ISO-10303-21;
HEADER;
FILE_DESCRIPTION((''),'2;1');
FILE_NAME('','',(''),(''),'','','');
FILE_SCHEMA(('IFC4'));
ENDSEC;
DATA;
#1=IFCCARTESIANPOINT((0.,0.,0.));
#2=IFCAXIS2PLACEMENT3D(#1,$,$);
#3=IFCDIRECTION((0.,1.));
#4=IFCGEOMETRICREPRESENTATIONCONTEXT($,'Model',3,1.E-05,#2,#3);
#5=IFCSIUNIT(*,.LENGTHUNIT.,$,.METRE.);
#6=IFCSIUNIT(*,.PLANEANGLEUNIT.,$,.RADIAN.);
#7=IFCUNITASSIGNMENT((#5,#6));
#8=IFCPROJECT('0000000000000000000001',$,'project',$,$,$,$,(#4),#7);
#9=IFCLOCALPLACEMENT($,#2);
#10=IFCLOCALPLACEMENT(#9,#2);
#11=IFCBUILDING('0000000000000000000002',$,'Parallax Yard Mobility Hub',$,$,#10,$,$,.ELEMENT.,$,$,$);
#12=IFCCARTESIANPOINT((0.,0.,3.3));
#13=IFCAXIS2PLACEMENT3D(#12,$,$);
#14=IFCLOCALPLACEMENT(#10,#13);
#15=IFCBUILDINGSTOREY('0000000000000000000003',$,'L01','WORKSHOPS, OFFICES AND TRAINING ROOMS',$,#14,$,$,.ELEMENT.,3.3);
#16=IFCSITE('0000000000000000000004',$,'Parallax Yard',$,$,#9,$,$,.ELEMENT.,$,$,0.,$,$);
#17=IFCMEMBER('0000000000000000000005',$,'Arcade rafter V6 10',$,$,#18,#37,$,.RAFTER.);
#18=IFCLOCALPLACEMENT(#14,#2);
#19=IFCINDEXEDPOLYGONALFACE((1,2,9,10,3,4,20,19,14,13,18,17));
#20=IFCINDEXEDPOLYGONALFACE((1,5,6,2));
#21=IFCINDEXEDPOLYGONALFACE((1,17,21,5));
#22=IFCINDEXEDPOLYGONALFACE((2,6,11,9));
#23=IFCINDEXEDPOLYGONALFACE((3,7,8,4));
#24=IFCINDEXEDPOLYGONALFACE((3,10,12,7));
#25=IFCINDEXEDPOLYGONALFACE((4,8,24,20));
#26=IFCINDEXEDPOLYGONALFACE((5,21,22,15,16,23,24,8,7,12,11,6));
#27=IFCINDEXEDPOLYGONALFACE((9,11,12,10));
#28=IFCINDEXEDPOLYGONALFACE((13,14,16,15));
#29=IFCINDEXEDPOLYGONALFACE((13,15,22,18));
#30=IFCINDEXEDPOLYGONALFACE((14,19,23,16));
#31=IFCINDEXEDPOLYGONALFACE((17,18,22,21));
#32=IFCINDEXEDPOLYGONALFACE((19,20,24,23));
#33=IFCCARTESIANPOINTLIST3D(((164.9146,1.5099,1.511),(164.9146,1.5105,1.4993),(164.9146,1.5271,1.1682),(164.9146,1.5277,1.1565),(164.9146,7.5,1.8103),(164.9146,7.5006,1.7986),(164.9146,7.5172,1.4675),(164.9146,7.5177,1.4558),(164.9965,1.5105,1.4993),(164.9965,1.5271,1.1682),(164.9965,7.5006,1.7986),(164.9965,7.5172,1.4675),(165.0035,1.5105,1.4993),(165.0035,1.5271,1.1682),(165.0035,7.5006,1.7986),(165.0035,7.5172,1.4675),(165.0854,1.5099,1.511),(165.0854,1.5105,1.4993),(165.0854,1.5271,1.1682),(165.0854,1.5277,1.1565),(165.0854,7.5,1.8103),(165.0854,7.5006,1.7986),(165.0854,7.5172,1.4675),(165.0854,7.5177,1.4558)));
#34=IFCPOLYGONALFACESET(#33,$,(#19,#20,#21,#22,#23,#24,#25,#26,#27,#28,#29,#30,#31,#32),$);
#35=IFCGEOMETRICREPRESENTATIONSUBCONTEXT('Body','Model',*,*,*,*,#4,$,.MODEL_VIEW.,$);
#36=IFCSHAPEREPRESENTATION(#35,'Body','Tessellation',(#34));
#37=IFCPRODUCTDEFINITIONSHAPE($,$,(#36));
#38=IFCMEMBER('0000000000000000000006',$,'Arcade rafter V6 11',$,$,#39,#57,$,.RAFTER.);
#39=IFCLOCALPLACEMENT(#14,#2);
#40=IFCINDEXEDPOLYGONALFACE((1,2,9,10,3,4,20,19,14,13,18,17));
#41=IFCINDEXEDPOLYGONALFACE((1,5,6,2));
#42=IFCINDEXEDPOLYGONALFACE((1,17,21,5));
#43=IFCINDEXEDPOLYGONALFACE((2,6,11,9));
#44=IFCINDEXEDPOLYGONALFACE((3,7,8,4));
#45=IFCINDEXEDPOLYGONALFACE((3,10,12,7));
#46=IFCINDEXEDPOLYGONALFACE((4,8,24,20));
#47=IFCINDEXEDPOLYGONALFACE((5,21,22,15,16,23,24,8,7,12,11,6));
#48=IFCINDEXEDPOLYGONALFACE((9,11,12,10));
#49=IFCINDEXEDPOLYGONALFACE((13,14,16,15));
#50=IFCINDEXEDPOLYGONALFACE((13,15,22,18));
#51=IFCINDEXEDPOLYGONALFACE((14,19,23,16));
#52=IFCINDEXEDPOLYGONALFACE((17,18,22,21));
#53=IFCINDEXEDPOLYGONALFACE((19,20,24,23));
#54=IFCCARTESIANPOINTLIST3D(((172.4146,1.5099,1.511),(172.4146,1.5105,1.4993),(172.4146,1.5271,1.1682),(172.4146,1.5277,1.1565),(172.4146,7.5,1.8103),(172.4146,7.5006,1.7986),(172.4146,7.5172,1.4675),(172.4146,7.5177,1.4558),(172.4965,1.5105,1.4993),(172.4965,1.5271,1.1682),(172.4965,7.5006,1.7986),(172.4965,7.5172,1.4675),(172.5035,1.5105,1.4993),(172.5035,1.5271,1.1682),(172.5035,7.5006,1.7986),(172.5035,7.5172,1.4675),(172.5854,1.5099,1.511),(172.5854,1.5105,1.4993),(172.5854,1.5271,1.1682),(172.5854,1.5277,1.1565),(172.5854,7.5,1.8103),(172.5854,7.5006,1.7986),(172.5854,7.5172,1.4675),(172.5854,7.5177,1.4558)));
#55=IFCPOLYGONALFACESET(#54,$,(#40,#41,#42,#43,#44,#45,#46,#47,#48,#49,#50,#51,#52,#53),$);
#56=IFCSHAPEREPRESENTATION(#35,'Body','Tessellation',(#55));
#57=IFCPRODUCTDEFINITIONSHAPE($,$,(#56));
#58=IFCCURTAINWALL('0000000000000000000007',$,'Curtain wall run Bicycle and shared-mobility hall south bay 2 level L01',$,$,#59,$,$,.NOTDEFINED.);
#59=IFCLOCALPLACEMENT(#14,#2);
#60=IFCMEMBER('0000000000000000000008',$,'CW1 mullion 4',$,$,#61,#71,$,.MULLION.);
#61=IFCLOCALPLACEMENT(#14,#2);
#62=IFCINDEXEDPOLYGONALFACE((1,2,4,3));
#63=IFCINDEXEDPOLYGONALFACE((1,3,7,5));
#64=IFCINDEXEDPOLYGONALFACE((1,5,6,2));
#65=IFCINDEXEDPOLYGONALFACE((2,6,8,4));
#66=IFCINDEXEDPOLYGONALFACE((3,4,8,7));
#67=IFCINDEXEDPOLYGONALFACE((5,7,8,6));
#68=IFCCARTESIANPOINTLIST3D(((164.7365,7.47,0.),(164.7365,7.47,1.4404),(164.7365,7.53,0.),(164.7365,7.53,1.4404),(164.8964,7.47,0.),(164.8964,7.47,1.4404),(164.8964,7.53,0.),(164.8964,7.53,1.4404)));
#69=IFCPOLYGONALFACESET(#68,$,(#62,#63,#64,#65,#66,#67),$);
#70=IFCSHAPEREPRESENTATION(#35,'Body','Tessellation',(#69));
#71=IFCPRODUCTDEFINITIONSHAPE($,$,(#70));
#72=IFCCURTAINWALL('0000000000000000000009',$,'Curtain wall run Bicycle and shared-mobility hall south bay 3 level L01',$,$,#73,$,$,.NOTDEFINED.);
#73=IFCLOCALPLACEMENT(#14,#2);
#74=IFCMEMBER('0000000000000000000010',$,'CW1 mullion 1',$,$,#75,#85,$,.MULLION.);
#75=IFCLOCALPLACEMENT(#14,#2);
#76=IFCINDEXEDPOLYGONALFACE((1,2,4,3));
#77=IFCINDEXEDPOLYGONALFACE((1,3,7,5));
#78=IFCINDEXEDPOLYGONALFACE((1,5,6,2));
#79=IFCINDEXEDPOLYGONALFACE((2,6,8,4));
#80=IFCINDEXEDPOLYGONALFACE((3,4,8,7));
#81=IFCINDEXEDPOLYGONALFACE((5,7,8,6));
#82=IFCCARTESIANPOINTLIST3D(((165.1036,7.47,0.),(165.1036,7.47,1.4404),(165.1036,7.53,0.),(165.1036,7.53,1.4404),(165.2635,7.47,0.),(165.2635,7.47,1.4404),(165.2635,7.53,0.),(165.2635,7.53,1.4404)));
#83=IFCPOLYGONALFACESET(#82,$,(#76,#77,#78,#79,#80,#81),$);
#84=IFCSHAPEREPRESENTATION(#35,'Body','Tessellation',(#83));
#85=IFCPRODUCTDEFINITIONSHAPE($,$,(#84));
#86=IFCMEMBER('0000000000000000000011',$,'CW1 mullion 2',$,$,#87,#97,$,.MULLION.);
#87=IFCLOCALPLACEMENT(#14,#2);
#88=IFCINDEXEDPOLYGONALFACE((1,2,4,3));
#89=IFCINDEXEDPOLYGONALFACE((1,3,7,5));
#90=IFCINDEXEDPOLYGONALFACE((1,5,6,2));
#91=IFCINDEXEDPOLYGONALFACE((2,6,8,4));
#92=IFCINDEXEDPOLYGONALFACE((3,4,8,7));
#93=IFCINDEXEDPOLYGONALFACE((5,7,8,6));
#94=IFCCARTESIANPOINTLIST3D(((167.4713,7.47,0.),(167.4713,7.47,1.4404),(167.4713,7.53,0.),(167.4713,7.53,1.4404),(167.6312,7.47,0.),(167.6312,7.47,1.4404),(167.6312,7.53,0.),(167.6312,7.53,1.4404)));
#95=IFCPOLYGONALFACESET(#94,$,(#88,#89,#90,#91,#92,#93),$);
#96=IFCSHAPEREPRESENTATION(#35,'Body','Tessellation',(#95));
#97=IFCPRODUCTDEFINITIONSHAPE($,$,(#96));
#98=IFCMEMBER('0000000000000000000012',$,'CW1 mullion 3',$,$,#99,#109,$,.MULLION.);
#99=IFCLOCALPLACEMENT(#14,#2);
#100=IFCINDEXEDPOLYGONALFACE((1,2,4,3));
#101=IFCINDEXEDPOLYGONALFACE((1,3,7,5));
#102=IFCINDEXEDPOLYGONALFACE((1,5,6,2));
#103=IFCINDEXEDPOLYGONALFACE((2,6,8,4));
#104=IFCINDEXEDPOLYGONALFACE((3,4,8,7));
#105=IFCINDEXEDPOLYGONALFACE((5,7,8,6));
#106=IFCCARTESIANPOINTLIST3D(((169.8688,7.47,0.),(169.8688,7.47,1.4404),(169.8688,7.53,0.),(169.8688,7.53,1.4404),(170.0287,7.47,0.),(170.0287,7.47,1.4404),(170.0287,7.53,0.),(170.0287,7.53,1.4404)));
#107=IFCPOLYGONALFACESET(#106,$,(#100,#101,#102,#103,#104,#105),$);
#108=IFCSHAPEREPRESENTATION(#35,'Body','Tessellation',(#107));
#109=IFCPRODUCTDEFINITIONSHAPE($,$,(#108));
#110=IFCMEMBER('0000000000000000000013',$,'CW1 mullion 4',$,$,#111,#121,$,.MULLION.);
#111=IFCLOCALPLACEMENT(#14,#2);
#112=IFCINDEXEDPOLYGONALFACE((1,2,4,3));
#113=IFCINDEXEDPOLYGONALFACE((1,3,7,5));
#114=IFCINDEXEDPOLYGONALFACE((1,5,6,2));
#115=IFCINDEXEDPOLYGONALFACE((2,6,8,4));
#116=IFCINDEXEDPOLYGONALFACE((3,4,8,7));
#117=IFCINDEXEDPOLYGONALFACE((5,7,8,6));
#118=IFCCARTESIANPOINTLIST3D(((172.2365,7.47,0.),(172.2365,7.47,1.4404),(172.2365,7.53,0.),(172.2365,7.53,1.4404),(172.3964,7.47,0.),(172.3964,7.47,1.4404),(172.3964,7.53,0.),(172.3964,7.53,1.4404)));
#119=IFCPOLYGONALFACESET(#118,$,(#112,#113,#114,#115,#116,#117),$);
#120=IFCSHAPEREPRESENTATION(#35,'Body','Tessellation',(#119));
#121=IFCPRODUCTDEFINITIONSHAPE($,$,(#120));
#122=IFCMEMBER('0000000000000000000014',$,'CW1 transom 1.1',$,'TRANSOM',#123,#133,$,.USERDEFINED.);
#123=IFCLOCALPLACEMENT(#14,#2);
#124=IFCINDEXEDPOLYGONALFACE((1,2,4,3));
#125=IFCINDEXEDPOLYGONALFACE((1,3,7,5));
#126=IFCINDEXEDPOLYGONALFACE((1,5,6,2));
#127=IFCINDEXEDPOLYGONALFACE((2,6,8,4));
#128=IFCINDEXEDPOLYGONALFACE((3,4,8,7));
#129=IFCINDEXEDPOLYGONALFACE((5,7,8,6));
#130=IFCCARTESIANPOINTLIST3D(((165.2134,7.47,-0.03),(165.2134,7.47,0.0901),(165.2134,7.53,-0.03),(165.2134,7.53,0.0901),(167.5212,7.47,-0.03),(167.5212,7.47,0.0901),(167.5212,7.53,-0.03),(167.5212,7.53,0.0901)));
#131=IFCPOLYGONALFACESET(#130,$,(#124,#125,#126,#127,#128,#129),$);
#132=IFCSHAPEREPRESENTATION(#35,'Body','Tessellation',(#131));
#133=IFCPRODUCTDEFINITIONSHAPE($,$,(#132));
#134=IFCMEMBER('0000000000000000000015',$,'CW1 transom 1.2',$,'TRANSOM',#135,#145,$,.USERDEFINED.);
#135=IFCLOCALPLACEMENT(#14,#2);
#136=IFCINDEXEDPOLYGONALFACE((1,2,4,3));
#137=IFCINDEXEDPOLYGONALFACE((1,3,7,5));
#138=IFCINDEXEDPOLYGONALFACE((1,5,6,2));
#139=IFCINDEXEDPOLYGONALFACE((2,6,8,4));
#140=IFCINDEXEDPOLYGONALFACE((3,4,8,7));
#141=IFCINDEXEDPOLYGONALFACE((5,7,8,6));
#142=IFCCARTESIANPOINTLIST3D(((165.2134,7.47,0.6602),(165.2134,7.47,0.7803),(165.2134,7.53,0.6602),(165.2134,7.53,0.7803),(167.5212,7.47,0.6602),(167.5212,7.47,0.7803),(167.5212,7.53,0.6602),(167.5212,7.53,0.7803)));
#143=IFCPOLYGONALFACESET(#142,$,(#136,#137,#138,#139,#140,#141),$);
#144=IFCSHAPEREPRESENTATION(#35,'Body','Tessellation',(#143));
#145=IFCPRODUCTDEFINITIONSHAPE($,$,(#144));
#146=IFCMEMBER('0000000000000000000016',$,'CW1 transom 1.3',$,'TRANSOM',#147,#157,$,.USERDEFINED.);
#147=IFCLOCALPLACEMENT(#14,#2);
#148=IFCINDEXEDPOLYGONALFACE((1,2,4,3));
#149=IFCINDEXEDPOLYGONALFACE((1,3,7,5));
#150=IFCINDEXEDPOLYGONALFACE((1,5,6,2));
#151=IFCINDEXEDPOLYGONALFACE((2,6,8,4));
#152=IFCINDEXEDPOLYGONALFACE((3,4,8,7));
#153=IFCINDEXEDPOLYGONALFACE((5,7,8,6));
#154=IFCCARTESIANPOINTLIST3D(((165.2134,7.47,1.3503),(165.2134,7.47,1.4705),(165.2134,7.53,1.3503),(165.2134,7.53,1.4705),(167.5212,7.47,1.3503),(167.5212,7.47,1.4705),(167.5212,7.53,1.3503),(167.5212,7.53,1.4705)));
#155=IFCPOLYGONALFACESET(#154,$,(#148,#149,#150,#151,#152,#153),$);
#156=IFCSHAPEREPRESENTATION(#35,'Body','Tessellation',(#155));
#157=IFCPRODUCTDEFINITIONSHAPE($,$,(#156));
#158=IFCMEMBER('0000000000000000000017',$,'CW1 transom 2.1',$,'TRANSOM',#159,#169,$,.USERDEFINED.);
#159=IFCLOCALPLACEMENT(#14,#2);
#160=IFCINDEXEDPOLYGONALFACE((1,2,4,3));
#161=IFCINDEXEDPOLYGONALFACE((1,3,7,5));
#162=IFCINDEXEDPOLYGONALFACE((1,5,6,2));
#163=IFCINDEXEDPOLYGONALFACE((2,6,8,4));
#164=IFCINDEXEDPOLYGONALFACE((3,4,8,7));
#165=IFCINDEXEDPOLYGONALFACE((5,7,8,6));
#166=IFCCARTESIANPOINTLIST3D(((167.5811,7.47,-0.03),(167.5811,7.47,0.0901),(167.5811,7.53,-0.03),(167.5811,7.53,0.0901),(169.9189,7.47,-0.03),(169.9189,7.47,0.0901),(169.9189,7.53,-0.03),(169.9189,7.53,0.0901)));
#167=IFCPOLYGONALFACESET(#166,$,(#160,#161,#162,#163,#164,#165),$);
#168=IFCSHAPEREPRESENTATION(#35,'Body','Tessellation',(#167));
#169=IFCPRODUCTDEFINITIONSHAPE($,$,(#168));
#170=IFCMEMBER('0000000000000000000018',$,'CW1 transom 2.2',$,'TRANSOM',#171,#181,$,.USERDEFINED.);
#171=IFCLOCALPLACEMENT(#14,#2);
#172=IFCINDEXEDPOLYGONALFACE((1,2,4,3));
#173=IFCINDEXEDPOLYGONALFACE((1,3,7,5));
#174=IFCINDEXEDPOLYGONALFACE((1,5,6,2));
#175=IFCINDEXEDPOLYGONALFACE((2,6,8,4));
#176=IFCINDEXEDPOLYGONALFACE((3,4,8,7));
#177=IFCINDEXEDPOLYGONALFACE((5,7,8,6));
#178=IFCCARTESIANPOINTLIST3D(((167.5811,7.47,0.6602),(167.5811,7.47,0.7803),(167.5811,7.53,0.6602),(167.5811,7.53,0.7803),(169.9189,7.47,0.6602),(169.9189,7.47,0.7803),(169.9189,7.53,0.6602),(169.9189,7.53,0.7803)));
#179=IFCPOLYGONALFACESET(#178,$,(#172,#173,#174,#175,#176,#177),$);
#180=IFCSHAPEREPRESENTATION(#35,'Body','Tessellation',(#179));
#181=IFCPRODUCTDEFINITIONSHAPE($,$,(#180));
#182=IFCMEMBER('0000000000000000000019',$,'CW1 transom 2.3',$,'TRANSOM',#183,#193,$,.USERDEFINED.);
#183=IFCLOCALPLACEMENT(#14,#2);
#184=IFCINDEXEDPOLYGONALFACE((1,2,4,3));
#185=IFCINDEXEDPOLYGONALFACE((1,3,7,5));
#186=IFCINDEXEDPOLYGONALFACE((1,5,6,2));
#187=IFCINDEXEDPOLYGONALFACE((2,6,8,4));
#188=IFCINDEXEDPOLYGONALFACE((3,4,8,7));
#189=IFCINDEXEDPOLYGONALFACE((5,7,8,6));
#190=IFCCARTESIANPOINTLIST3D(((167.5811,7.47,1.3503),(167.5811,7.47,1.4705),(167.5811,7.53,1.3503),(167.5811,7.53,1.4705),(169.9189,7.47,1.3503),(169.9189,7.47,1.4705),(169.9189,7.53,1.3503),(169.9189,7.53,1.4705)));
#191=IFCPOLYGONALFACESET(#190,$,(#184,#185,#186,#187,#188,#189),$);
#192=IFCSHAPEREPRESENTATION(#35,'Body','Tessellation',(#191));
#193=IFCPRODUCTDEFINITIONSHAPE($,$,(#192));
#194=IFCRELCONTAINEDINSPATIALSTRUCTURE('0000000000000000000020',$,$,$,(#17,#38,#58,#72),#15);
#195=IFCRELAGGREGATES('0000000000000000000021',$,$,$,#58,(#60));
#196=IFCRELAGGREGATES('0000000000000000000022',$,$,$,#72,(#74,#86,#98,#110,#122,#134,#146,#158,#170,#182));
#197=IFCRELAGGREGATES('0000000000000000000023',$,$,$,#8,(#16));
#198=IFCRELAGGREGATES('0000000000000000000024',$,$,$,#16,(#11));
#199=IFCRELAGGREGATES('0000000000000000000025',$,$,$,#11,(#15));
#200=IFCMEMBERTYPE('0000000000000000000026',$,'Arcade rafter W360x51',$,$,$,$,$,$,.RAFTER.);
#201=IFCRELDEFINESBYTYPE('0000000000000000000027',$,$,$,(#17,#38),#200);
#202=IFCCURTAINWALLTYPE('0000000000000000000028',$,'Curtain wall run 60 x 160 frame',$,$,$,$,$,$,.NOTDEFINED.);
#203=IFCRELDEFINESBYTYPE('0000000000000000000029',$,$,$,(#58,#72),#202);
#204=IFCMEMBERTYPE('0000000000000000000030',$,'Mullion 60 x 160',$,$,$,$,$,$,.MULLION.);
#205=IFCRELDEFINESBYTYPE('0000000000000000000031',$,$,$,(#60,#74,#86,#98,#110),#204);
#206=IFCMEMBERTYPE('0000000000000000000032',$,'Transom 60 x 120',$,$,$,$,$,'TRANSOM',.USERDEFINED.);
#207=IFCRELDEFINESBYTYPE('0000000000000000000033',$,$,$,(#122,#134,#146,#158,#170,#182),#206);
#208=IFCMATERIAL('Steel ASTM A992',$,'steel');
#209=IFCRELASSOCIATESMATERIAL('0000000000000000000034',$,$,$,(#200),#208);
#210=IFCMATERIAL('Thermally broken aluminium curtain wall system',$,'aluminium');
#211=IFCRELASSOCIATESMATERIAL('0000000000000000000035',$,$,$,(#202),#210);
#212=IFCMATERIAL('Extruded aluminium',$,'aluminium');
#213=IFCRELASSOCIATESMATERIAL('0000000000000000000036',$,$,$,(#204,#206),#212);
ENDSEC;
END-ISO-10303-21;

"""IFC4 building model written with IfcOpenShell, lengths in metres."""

from ifc_helpers import new_model, si_unit, direction, frame, origin, origin_2d, place, context, subcontext, project, spatial, rectangle, i_section, extrude, material, material_profile, profile_set, type_object, element, aggregate, save


model = new_model("IFC4")

# Units and contexts
model_context = context("Model", 3, precision=1e-05, world=origin(), true_north=direction((0.0, 1.0)))
body_context = subcontext(model_context, "Body", "Model", "MODEL_VIEW")
ifc_project = project(units=[si_unit("LENGTHUNIT", "METRE"), si_unit("PLANEANGLEUNIT", "RADIAN")], contexts=[model_context])

# Site, building, storey
site_placement = place(None, origin())
site = spatial("IfcSite", under=ifc_project, at=site_placement, Name="Parallax Yard", CompositionType="ELEMENT", RefElevation=0.0)
building_placement = place(site_placement, origin())
building = spatial("IfcBuilding", under=site, at=building_placement, Name="Parallax Yard Mobility Hub", CompositionType="ELEMENT")
storey_placement = place(building_placement, frame((0.0, 0.0, 3.3)))
storey = spatial("IfcBuildingStorey", under=building, at=storey_placement, Name="L01", Description="WORKSHOPS, OFFICES AND TRAINING ROOMS", CompositionType="ELEMENT", Elevation=3.3)

# Shared definitions
ifc_material_1 = material(Name="Steel ASTM A992", Category="steel")

# Members
ifc_material_profile_1 = material_profile(ifc_material_1, i_section(OverallWidth=0.1709, OverallDepth=0.355, WebThickness=0.0071, FlangeThickness=0.0117, at=origin_2d()), Name="W360x51")
ifc_profile_set_1 = profile_set([ifc_material_profile_1], Name="Steel ASTM A992")
member_type_1 = type_object("IfcMemberType", Name="Arcade rafter W360x51", PredefinedType="RAFTER", material=ifc_profile_set_1)
for number, where, z_axis, x_axis, name in (
    (1, (165.0, 1.5188, 1.3337), (0.0, 0.998754, 0.049907), (-1.0, 0.0, 0.0), "Arcade rafter V6 10"),
    (2, (172.5, 1.5188, 1.3337), (0.0, 0.998754, 0.049907), (-1.0, 0.0, 0.0), "Arcade rafter V6 11"),
):
    element("IfcMember", number, at=place(storey_placement, frame(where, z_axis=z_axis, x_axis=x_axis)), inside=storey, type_object=member_type_1, Name=name, PredefinedType="RAFTER", context=body_context, shape_type="SweptSolid", body=[
        extrude(i_section(OverallWidth=0.1709, OverallDepth=0.355, WebThickness=0.0071, FlangeThickness=0.0117, at=origin_2d()), origin(), (0.0, 0.0, 1.0), 5.9976),
    ])

# Curtain wall, member
ifc_material_2 = material(Name="Thermally broken aluminium curtain wall system", Category="aluminium")
curtain_wall_type = type_object("IfcCurtainWallType", Name="Curtain wall run 60 x 160 frame", PredefinedType="NOTDEFINED", material=ifc_material_2)
curtain_wall_1_placement = place(storey_placement, origin())
curtain_wall_1 = element("IfcCurtainWall", 3, at=curtain_wall_1_placement, inside=storey, type_object=curtain_wall_type, Name="Curtain wall run Bicycle and shared-mobility hall south bay 2 level L01", PredefinedType="NOTDEFINED")
ifc_material_3 = material(Name="Extruded aluminium", Category="aluminium")
ifc_material_profile_2 = material_profile(ifc_material_3, rectangle(XDim=0.0601, YDim=0.1599, at=origin_2d()), Name="Mullion 60 x 160")
ifc_profile_set_2 = profile_set([ifc_material_profile_2], Name="Extruded aluminium")
member_type_2 = type_object("IfcMemberType", Name="Mullion 60 x 160", PredefinedType="MULLION", material=ifc_profile_set_2)
member_1_placement = place(storey_placement, frame((164.8164, 7.5, 0.0), z_axis=(0.0, 0.0, 1.0), x_axis=(0.0, 1.0, 0.0)))
member_1 = element("IfcMember", 4, at=member_1_placement, type_object=member_type_2, Name="CW1 mullion 4", PredefinedType="MULLION", context=body_context, shape_type="SweptSolid", body=[
    extrude(rectangle(XDim=0.0601, YDim=0.1599, at=origin_2d()), origin(), (0.0, 0.0, 1.0), 1.4404),
])

# Curtain wall, members
curtain_wall_2_placement = place(storey_placement, origin())
curtain_wall_2 = element("IfcCurtainWall", 5, at=curtain_wall_2_placement, inside=storey, type_object=curtain_wall_type, Name="Curtain wall run Bicycle and shared-mobility hall south bay 3 level L01", PredefinedType="NOTDEFINED")
member_2_placement = place(storey_placement, frame((165.1836, 7.5, 0.0), z_axis=(0.0, 0.0, 1.0), x_axis=(0.0, 1.0, 0.0)))
member_2 = element("IfcMember", 6, at=member_2_placement, type_object=member_type_2, Name="CW1 mullion 1", PredefinedType="MULLION", context=body_context, shape_type="SweptSolid", body=[
    extrude(rectangle(XDim=0.0601, YDim=0.1599, at=origin_2d()), origin(), (0.0, 0.0, 1.0), 1.4404),
])
member_3_placement = place(storey_placement, frame((167.5513, 7.5, 0.0), z_axis=(0.0, 0.0, 1.0), x_axis=(0.0, 1.0, 0.0)))
member_3 = element("IfcMember", 7, at=member_3_placement, type_object=member_type_2, Name="CW1 mullion 2", PredefinedType="MULLION", context=body_context, shape_type="SweptSolid", body=[
    extrude(rectangle(XDim=0.0601, YDim=0.1599, at=origin_2d()), origin(), (0.0, 0.0, 1.0), 1.4404),
])
member_4_placement = place(storey_placement, frame((169.9487, 7.5, 0.0), z_axis=(0.0, 0.0, 1.0), x_axis=(0.0, 1.0, 0.0)))
member_4 = element("IfcMember", 8, at=member_4_placement, type_object=member_type_2, Name="CW1 mullion 3", PredefinedType="MULLION", context=body_context, shape_type="SweptSolid", body=[
    extrude(rectangle(XDim=0.0601, YDim=0.1599, at=origin_2d()), origin(), (0.0, 0.0, 1.0), 1.4404),
])
member_5_placement = place(storey_placement, frame((172.3164, 7.5, 0.0), z_axis=(0.0, 0.0, 1.0), x_axis=(0.0, 1.0, 0.0)))
member_5 = element("IfcMember", 9, at=member_5_placement, type_object=member_type_2, Name="CW1 mullion 4", PredefinedType="MULLION", context=body_context, shape_type="SweptSolid", body=[
    extrude(rectangle(XDim=0.0601, YDim=0.1599, at=origin_2d()), origin(), (0.0, 0.0, 1.0), 1.4404),
])
ifc_material_profile_3 = material_profile(ifc_material_3, rectangle(XDim=0.0601, YDim=0.1201, at=origin_2d()), Name="Transom 60 x 120")
ifc_profile_set_3 = profile_set([ifc_material_profile_3], Name="Extruded aluminium")
member_type_3 = type_object("IfcMemberType", Name="Transom 60 x 120", ElementType="TRANSOM", PredefinedType="USERDEFINED", material=ifc_profile_set_3)
member_6_placement = place(storey_placement, frame((165.2134, 7.5, 0.03), z_axis=(1.0, 0.0, 0.0), x_axis=(0.0, 1.0, 0.0)))
member_6 = element("IfcMember", 10, at=member_6_placement, type_object=member_type_3, Name="CW1 transom 1.1", ObjectType="TRANSOM", PredefinedType="USERDEFINED", context=body_context, shape_type="SweptSolid", body=[
    extrude(rectangle(XDim=0.0601, YDim=0.1201, at=origin_2d()), origin(), (0.0, 0.0, 1.0), 2.3079),
])
member_7_placement = place(storey_placement, frame((165.2134, 7.5, 0.7202), z_axis=(1.0, 0.0, 0.0), x_axis=(0.0, 1.0, 0.0)))
member_7 = element("IfcMember", 11, at=member_7_placement, type_object=member_type_3, Name="CW1 transom 1.2", ObjectType="TRANSOM", PredefinedType="USERDEFINED", context=body_context, shape_type="SweptSolid", body=[
    extrude(rectangle(XDim=0.0601, YDim=0.1201, at=origin_2d()), origin(), (0.0, 0.0, 1.0), 2.3079),
])
member_8_placement = place(storey_placement, frame((165.2134, 7.5, 1.4104), z_axis=(1.0, 0.0, 0.0), x_axis=(0.0, 1.0, 0.0)))
member_8 = element("IfcMember", 12, at=member_8_placement, type_object=member_type_3, Name="CW1 transom 1.3", ObjectType="TRANSOM", PredefinedType="USERDEFINED", context=body_context, shape_type="SweptSolid", body=[
    extrude(rectangle(XDim=0.0601, YDim=0.1201, at=origin_2d()), origin(), (0.0, 0.0, 1.0), 2.3079),
])
member_9_placement = place(storey_placement, frame((167.5811, 7.5, 0.03), z_axis=(1.0, 0.0, 0.0), x_axis=(0.0, 1.0, 0.0)))
member_9 = element("IfcMember", 13, at=member_9_placement, type_object=member_type_3, Name="CW1 transom 2.1", ObjectType="TRANSOM", PredefinedType="USERDEFINED", context=body_context, shape_type="SweptSolid", body=[
    extrude(rectangle(XDim=0.0601, YDim=0.1201, at=origin_2d()), origin(), (0.0, 0.0, 1.0), 2.3379),
])
member_10_placement = place(storey_placement, frame((167.5811, 7.5, 0.7202), z_axis=(1.0, 0.0, 0.0), x_axis=(0.0, 1.0, 0.0)))
member_10 = element("IfcMember", 14, at=member_10_placement, type_object=member_type_3, Name="CW1 transom 2.2", ObjectType="TRANSOM", PredefinedType="USERDEFINED", context=body_context, shape_type="SweptSolid", body=[
    extrude(rectangle(XDim=0.0601, YDim=0.1201, at=origin_2d()), origin(), (0.0, 0.0, 1.0), 2.3379),
])
member_11_placement = place(storey_placement, frame((167.5811, 7.5, 1.4104), z_axis=(1.0, 0.0, 0.0), x_axis=(0.0, 1.0, 0.0)))
member_11 = element("IfcMember", 15, at=member_11_placement, type_object=member_type_3, Name="CW1 transom 2.3", ObjectType="TRANSOM", PredefinedType="USERDEFINED", context=body_context, shape_type="SweptSolid", body=[
    extrude(rectangle(XDim=0.0601, YDim=0.1201, at=origin_2d()), origin(), (0.0, 0.0, 1.0), 2.3379),
])

aggregate(curtain_wall_1, [member_1])
aggregate(curtain_wall_2, [member_2, member_3, member_4, member_5, member_6, member_7, member_8, member_9, member_10, member_11])

save(model, "model.ifc")
